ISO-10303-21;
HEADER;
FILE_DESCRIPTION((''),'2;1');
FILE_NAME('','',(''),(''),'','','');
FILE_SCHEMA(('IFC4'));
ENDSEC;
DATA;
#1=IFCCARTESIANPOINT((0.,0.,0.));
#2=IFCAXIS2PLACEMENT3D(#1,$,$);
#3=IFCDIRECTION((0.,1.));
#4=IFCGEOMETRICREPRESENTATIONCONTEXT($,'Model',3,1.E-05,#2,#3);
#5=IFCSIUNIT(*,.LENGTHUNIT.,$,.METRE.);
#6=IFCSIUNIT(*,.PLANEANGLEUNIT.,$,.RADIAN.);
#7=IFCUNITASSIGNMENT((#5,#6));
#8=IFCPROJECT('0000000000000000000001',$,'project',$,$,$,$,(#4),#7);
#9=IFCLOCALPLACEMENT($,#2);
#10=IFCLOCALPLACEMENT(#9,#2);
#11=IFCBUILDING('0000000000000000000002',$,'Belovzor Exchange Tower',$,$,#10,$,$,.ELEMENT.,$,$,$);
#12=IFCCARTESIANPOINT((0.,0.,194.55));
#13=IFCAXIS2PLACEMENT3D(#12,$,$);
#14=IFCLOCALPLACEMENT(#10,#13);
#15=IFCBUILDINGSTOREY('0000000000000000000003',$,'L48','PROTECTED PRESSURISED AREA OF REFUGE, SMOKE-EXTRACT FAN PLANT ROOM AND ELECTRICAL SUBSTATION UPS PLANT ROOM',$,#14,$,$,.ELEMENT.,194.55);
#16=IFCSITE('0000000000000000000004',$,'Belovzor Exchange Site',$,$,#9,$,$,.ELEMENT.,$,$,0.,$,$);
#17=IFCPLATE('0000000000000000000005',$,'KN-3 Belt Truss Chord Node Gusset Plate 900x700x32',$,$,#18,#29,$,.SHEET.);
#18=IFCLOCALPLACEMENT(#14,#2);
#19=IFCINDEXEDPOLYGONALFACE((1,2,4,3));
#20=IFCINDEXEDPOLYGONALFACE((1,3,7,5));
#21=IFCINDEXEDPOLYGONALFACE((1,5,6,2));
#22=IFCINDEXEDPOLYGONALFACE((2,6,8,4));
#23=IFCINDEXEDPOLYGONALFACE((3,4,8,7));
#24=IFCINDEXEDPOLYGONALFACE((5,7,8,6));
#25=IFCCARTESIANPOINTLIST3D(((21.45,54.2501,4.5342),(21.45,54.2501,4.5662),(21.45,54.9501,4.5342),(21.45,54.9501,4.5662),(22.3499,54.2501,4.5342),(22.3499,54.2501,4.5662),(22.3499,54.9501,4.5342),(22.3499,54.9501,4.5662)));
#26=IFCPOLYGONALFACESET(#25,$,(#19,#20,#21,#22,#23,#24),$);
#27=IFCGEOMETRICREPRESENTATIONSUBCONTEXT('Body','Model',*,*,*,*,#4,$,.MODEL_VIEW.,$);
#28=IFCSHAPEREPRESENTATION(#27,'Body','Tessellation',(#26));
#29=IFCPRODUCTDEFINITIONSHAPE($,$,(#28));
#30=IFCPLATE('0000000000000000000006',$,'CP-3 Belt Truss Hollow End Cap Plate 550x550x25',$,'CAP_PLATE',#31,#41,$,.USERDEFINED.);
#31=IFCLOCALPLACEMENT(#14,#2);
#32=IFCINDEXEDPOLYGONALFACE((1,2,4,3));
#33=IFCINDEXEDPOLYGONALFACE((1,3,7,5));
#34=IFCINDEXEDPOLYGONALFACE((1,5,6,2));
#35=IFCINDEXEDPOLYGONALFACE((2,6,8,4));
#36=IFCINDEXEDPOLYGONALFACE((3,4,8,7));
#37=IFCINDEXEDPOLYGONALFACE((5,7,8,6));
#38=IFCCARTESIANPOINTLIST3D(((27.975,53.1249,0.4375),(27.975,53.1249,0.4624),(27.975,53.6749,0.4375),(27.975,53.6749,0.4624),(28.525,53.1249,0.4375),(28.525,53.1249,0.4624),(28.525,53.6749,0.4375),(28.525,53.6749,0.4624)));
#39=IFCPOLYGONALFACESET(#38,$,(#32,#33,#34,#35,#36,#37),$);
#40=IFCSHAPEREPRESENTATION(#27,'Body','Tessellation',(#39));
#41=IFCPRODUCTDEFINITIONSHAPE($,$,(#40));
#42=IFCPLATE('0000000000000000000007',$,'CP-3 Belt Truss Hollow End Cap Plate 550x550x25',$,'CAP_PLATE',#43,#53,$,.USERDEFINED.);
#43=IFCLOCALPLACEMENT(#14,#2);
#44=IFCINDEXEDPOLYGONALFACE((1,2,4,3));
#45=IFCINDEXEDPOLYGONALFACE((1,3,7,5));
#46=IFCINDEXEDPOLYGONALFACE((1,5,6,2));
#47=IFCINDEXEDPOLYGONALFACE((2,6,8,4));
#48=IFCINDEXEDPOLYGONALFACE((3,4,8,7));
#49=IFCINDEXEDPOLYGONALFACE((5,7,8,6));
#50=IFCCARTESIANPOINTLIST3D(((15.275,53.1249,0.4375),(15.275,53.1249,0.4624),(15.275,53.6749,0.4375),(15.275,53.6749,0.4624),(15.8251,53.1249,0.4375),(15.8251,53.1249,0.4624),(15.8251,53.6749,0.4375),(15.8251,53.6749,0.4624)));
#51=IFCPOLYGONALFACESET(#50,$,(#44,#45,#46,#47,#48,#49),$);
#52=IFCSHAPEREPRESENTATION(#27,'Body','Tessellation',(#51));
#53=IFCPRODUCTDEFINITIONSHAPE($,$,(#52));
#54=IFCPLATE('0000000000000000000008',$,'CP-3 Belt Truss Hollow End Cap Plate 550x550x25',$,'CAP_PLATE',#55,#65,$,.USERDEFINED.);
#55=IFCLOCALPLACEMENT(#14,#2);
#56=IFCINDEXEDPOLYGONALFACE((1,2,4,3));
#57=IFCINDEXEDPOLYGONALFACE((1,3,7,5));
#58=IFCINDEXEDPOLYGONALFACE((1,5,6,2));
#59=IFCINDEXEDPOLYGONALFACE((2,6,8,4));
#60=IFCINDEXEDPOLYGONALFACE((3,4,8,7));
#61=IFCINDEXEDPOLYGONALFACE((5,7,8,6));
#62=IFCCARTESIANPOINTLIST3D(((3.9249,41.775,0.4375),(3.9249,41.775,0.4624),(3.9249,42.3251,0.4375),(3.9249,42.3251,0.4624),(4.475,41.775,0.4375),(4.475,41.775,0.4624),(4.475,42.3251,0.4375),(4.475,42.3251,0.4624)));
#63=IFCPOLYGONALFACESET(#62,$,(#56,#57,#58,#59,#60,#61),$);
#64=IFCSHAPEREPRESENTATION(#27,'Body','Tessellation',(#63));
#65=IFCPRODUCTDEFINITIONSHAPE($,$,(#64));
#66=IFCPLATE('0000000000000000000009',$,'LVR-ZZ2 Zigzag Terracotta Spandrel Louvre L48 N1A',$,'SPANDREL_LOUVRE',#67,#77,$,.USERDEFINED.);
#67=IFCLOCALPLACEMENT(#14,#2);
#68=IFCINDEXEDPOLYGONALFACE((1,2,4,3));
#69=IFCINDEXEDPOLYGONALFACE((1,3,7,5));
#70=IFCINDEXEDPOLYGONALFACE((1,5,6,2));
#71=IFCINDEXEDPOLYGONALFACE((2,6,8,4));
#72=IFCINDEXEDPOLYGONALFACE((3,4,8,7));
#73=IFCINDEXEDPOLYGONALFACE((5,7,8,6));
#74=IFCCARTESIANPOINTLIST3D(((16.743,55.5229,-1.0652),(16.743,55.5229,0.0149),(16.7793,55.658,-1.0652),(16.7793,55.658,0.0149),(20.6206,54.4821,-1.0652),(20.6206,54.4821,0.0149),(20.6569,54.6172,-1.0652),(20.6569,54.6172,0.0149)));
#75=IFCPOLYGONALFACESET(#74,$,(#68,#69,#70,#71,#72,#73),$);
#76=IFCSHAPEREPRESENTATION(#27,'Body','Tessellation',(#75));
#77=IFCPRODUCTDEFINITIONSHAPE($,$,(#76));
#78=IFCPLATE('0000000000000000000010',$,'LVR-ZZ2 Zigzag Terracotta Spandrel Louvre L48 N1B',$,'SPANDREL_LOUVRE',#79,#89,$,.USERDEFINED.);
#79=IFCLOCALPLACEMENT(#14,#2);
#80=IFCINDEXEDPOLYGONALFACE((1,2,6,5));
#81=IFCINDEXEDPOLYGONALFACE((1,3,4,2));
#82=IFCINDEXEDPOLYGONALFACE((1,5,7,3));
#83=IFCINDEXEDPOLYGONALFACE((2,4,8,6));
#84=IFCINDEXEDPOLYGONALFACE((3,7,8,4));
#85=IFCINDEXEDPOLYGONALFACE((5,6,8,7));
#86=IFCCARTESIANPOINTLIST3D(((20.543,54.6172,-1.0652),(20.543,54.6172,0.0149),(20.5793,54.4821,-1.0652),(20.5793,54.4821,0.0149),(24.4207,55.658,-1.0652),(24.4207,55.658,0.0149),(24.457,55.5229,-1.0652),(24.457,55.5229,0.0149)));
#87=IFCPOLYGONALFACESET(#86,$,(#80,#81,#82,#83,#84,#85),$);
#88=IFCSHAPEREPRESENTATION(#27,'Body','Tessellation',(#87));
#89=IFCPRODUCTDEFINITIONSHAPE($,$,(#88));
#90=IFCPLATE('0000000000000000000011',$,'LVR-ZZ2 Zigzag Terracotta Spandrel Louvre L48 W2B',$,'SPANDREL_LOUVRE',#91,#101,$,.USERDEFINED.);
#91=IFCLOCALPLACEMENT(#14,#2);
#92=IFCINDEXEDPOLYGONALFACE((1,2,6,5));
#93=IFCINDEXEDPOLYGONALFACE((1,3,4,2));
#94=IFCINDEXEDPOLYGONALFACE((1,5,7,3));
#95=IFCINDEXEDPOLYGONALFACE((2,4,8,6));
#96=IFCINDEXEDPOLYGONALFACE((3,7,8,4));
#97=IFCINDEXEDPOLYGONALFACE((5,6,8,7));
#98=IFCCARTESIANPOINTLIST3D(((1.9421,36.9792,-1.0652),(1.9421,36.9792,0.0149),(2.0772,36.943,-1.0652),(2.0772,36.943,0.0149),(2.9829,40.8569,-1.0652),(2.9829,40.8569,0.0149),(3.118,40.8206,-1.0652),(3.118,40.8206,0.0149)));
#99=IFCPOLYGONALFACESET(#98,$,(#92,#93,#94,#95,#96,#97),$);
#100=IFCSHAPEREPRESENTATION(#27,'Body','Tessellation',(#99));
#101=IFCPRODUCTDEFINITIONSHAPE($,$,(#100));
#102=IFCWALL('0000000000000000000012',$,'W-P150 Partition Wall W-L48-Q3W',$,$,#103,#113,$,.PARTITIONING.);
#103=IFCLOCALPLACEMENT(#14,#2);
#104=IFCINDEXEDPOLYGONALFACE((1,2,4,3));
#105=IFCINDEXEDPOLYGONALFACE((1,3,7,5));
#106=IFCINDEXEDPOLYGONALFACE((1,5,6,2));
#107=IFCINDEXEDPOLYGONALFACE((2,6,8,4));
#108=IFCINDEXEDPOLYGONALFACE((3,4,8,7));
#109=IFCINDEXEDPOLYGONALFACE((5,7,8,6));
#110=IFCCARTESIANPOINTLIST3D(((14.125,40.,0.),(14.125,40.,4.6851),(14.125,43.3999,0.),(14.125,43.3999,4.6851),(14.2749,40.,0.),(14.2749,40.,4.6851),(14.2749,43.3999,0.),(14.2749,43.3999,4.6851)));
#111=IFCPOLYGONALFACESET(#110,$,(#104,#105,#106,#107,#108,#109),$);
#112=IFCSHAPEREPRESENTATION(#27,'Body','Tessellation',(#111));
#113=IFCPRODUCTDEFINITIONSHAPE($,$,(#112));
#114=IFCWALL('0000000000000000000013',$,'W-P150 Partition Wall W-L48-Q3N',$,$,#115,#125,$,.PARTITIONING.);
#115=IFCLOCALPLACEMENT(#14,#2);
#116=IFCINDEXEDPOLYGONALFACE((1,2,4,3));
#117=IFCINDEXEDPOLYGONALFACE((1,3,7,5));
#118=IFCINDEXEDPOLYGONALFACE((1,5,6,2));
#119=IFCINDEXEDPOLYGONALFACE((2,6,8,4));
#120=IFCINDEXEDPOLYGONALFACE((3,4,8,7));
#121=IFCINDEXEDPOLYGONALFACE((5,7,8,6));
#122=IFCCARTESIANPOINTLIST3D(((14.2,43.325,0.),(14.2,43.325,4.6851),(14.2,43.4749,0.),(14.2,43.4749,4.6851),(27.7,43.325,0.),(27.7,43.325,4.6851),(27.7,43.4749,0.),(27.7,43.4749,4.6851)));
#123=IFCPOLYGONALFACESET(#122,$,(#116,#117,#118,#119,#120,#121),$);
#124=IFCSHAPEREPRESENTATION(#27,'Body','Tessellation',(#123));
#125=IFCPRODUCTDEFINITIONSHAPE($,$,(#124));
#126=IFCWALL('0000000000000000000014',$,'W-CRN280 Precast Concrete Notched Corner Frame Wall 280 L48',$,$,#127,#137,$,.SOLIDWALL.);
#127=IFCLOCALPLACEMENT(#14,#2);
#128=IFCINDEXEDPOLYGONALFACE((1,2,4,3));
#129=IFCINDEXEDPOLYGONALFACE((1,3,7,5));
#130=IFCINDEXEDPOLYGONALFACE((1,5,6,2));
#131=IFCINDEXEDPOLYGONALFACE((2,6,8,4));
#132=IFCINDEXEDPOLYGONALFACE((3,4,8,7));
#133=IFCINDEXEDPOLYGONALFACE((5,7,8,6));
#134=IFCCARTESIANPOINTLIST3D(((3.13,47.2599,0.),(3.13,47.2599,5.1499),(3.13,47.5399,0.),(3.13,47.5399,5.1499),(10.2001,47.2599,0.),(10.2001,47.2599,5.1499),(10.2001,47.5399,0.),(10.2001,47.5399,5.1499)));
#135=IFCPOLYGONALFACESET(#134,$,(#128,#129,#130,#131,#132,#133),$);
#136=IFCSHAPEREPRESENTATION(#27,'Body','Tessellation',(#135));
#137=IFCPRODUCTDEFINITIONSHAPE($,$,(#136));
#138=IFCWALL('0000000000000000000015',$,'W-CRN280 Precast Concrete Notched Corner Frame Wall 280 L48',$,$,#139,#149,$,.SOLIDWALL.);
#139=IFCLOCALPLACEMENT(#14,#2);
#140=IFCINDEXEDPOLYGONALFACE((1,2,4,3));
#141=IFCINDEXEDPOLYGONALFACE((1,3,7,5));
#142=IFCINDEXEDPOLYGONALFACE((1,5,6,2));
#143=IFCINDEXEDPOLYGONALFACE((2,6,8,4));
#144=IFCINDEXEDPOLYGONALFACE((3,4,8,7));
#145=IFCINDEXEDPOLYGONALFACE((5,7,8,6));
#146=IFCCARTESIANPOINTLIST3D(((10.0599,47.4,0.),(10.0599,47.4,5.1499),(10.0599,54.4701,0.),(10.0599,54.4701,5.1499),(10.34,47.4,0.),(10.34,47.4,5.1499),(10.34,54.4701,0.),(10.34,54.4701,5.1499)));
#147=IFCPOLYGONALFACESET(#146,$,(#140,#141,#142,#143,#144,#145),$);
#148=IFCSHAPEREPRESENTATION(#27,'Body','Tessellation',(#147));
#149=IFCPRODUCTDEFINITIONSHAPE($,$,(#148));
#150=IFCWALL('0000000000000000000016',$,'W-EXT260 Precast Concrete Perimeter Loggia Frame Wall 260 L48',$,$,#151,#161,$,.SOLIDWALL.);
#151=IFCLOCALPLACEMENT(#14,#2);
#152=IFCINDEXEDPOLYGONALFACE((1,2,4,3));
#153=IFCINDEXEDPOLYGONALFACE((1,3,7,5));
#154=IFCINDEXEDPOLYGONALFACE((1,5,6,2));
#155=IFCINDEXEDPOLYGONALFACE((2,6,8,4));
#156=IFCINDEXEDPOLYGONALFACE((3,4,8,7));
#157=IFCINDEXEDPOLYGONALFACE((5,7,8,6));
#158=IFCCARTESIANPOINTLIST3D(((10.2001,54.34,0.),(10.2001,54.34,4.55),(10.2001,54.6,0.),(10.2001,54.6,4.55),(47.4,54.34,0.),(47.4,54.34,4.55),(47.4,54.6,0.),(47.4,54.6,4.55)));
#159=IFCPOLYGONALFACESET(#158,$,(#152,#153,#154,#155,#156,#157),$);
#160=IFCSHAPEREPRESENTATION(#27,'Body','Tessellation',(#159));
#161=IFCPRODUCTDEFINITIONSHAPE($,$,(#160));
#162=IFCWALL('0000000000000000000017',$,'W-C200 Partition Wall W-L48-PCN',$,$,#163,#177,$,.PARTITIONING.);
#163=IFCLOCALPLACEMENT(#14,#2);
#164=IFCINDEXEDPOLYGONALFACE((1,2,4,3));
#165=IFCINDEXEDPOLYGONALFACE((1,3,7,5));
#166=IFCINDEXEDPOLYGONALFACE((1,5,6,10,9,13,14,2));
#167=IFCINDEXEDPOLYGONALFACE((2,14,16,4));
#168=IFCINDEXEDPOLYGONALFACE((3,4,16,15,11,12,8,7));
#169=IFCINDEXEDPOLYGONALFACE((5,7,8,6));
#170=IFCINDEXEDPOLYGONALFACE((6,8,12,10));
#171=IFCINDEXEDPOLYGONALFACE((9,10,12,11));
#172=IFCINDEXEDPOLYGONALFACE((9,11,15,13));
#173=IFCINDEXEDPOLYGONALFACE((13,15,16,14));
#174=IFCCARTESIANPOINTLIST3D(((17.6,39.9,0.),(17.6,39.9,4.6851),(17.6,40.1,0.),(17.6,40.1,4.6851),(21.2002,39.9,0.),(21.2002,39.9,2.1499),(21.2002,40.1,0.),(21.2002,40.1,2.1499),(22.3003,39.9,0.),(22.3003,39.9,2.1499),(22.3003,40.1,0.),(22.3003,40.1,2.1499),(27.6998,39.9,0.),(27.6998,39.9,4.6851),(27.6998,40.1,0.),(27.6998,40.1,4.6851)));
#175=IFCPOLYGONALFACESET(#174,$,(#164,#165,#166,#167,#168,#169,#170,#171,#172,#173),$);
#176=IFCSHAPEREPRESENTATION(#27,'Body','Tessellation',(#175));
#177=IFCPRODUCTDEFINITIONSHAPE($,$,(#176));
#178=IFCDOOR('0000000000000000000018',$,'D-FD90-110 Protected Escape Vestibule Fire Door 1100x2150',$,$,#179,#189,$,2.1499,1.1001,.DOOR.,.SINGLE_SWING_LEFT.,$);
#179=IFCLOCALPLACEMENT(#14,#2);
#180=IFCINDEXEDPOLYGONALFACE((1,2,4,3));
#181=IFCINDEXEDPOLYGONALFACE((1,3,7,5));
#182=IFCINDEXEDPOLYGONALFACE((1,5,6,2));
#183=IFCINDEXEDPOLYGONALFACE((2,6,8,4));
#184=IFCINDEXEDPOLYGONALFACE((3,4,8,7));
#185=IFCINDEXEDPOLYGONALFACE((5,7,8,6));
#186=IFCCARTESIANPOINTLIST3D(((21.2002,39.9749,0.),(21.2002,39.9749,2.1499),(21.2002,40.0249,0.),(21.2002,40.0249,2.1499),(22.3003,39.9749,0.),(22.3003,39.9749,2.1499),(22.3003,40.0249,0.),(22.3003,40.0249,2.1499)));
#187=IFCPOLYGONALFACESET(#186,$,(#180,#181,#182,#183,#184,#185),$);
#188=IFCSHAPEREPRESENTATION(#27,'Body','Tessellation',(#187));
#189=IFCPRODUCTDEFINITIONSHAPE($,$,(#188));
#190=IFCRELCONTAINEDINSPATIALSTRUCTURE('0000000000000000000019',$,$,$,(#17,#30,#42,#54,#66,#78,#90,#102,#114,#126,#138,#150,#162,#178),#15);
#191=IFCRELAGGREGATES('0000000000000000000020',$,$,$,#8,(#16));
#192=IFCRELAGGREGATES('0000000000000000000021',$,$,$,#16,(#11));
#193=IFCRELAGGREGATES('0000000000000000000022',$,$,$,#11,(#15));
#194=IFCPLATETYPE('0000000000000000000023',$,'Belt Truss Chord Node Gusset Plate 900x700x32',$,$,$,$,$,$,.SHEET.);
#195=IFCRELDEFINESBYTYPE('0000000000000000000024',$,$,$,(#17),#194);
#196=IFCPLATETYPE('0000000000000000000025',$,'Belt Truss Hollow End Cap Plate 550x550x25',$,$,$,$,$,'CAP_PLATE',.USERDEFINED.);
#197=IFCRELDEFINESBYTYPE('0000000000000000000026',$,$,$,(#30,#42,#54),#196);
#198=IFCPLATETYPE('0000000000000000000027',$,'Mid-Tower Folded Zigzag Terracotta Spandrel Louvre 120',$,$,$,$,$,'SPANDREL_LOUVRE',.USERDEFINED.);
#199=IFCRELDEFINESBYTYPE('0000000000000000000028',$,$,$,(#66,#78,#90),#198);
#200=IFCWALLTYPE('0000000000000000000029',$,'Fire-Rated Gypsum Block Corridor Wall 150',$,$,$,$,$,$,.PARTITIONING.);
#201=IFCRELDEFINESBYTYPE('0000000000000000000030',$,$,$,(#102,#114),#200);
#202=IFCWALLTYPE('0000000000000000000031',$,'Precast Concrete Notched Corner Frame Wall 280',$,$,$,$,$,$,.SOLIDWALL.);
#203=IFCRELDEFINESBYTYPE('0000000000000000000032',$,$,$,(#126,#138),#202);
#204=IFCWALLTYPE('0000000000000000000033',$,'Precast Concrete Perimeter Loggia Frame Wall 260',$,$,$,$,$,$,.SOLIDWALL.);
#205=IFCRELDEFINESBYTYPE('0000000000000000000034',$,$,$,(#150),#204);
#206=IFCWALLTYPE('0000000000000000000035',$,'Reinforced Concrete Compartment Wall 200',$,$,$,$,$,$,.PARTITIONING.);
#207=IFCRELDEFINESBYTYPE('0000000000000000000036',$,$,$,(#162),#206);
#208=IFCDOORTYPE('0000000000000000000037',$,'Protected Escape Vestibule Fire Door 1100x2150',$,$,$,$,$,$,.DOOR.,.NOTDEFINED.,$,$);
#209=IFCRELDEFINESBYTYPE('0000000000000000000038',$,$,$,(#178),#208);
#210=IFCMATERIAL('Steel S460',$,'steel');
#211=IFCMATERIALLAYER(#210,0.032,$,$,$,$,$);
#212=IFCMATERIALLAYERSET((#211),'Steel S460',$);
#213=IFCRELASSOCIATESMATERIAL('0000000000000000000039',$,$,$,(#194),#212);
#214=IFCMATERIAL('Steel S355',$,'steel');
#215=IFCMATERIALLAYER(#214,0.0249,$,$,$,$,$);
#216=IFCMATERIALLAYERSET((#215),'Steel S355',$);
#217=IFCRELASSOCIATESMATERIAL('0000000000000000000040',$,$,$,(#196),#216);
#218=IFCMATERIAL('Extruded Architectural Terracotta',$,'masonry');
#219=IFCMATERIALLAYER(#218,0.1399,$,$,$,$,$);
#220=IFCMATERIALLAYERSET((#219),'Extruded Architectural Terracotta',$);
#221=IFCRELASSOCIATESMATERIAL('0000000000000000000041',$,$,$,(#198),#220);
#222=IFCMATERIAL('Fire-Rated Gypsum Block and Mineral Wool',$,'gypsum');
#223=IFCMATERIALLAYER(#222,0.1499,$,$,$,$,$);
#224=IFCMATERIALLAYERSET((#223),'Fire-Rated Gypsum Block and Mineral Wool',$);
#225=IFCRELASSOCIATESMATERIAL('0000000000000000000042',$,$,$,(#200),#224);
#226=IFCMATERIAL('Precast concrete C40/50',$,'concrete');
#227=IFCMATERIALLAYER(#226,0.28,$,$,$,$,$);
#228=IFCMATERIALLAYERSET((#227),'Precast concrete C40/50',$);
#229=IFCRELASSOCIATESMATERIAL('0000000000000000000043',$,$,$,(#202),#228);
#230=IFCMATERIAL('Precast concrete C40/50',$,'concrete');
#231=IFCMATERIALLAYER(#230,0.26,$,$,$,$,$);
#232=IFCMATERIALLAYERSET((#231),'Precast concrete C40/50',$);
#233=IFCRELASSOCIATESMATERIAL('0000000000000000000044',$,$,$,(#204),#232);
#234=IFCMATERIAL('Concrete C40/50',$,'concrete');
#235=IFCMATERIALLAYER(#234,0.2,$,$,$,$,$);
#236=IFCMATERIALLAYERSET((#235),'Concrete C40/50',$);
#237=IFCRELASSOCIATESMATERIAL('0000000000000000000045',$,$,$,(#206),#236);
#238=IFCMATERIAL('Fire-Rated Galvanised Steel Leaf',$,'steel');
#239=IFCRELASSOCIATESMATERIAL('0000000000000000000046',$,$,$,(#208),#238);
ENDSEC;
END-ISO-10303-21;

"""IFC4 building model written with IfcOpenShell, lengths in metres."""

from ifc_helpers import new_model, si_unit, direction, frame, frame_2d, origin, origin_2d, place, context, subcontext, project, spatial, rectangle, extrude, material, layer, layer_set, type_object, element, fill, save


model = new_model("IFC4")

# Units and contexts
model_context = context("Model", 3, precision=1e-05, world=origin(), true_north=direction((0.0, 1.0)))
body_context = subcontext(model_context, "Body", "Model", "MODEL_VIEW")
ifc_project = project(units=[si_unit("LENGTHUNIT", "METRE"), si_unit("PLANEANGLEUNIT", "RADIAN")], contexts=[model_context])

# Site, building, storey
site_placement = place(None, origin())
site = spatial("IfcSite", under=ifc_project, at=site_placement, Name="Belovzor Exchange Site", CompositionType="ELEMENT", RefElevation=0.0)
building_placement = place(site_placement, origin())
building = spatial("IfcBuilding", under=site, at=building_placement, Name="Belovzor Exchange Tower", CompositionType="ELEMENT")
storey_placement = place(building_placement, frame((0.0, 0.0, 194.55)))
storey = spatial("IfcBuildingStorey", under=building, at=storey_placement, Name="L48", Description="PROTECTED PRESSURISED AREA OF REFUGE, SMOKE-EXTRACT FAN PLANT ROOM AND ELECTRICAL SUBSTATION UPS PLANT ROOM", CompositionType="ELEMENT", Elevation=194.55)

# Plates
ifc_material_1 = material(Name="Steel S460", Category="steel")
ifc_layer_1 = layer(ifc_material_1, 0.032)
ifc_layer_set_1 = layer_set([ifc_layer_1], Name="Steel S460")
plate_type_1 = type_object("IfcPlateType", Name="Belt Truss Chord Node Gusset Plate 900x700x32", PredefinedType="SHEET", material=ifc_layer_set_1)
plate_placement = place(storey_placement, frame((21.8999, 54.6001, 4.5342), z_axis=(0.0, 0.0, 1.0), x_axis=(1.0, 0.0, 0.0)))
element("IfcPlate", 1, at=plate_placement, inside=storey, type_object=plate_type_1, Name="KN-3 Belt Truss Chord Node Gusset Plate 900x700x32", PredefinedType="SHEET", context=body_context, shape_type="SweptSolid", body=[
    extrude(rectangle(XDim=0.8999, YDim=0.7, at=origin_2d()), origin(), (0.0, 0.0, 1.0), 0.032),
])
ifc_material_2 = material(Name="Steel S355", Category="steel")
ifc_layer_2 = layer(ifc_material_2, 0.0249)
ifc_layer_set_2 = layer_set([ifc_layer_2], Name="Steel S355")
plate_type_2 = type_object("IfcPlateType", Name="Belt Truss Hollow End Cap Plate 550x550x25", ElementType="CAP_PLATE", PredefinedType="USERDEFINED", material=ifc_layer_set_2)
for number, where, z_axis, x_axis, name in (
    (2, (28.25, 53.3999, 0.4375), (0.0, 0.0, 1.0), (1.0, 0.0, 0.0), "CP-3 Belt Truss Hollow End Cap Plate 550x550x25"),
    (3, (15.55, 53.3999, 0.4375), (0.0, 0.0, 1.0), (1.0, 0.0, 0.0), "CP-3 Belt Truss Hollow End Cap Plate 550x550x25"),
    (4, (4.2, 42.05, 0.4375), (0.0, 0.0, 1.0), (0.0, 1.0, 0.0), "CP-3 Belt Truss Hollow End Cap Plate 550x550x25"),
):
    element("IfcPlate", number, at=place(storey_placement, frame(where, z_axis=z_axis, x_axis=x_axis)), inside=storey, type_object=plate_type_2, Name=name, ObjectType="CAP_PLATE", PredefinedType="USERDEFINED", context=body_context, shape_type="SweptSolid", body=[
        extrude(rectangle(XDim=0.55, YDim=0.55, at=origin_2d()), origin(), (0.0, 0.0, 1.0), 0.0249),
    ])
ifc_material_3 = material(Name="Extruded Architectural Terracotta", Category="masonry")
ifc_layer_3 = layer(ifc_material_3, 0.1399)
ifc_layer_set_3 = layer_set([ifc_layer_3], Name="Extruded Architectural Terracotta")
plate_type_3 = type_object("IfcPlateType", Name="Mid-Tower Folded Zigzag Terracotta Spandrel Louvre 120", ElementType="SPANDREL_LOUVRE", PredefinedType="USERDEFINED", material=ifc_layer_set_3)
for number, where, z_axis, x_axis, name in (
    (5, (18.7, 55.0701, -1.0652), (0.0, 0.0, 1.0), (0.965813, -0.25924, 0.0), "LVR-ZZ2 Zigzag Terracotta Spandrel Louvre L48 N1A"),
    (6, (22.5, 55.0701, -1.0652), (0.0, 0.0, 1.0), (0.965813, 0.25924, 0.0), "LVR-ZZ2 Zigzag Terracotta Spandrel Louvre L48 N1B"),
    (7, (2.53, 38.8999, -1.0652), (0.0, 0.0, 1.0), (0.25924, 0.965813, 0.0), "LVR-ZZ2 Zigzag Terracotta Spandrel Louvre L48 W2B"),
):
    element("IfcPlate", number, at=place(storey_placement, frame(where, z_axis=z_axis, x_axis=x_axis)), inside=storey, type_object=plate_type_3, Name=name, ObjectType="SPANDREL_LOUVRE", PredefinedType="USERDEFINED", context=body_context, shape_type="SweptSolid", body=[
        extrude(rectangle(XDim=4.0149, YDim=0.1399, at=origin_2d()), origin(), (0.0, 0.0, 1.0), 1.0801),
    ])

# Walls
ifc_material_4 = material(Name="Fire-Rated Gypsum Block and Mineral Wool", Category="gypsum")
ifc_layer_4 = layer(ifc_material_4, 0.1499)
ifc_layer_set_4 = layer_set([ifc_layer_4], Name="Fire-Rated Gypsum Block and Mineral Wool")
wall_type_1 = type_object("IfcWallType", Name="Fire-Rated Gypsum Block Corridor Wall 150", PredefinedType="PARTITIONING", material=ifc_layer_set_4)
wall_1_placement = place(storey_placement, frame((14.2, 40.0, 0.0), z_axis=(0.0, 0.0, 1.0), x_axis=(0.0, 1.0, 0.0)))
element("IfcWall", 8, at=wall_1_placement, inside=storey, type_object=wall_type_1, Name="W-P150 Partition Wall W-L48-Q3W", PredefinedType="PARTITIONING", context=body_context, shape_type="SweptSolid", body=[
    extrude(rectangle(XDim=3.3999, YDim=0.1499, at=frame_2d((1.7, 0.0))), origin(), (0.0, 0.0, 1.0), 4.6851),
])
wall_2_placement = place(storey_placement, frame((14.2, 43.3999, 0.0), z_axis=(0.0, 0.0, 1.0), x_axis=(1.0, 0.0, 0.0)))
element("IfcWall", 9, at=wall_2_placement, inside=storey, type_object=wall_type_1, Name="W-P150 Partition Wall W-L48-Q3N", PredefinedType="PARTITIONING", context=body_context, shape_type="SweptSolid", body=[
    extrude(rectangle(XDim=13.5, YDim=0.1499, at=frame_2d((6.75, 0.0))), origin(), (0.0, 0.0, 1.0), 4.6851),
])
ifc_material_5 = material(Name="Precast concrete C40/50", Category="concrete")
ifc_layer_5 = layer(ifc_material_5, 0.28)
ifc_layer_set_5 = layer_set([ifc_layer_5], Name="Precast concrete C40/50")
wall_type_2 = type_object("IfcWallType", Name="Precast Concrete Notched Corner Frame Wall 280", PredefinedType="SOLIDWALL", material=ifc_layer_set_5)
for number, where, z_axis, x_axis, name in (
    (10, (3.1299, 47.3999, 0.0), (0.0, 0.0, 1.0), (1.0, 0.0, 0.0), "W-CRN280 Precast Concrete Notched Corner Frame Wall 280 L48"),
    (11, (10.2, 47.3999, 0.0), (0.0, 0.0, 1.0), (0.0, 1.0, 0.0), "W-CRN280 Precast Concrete Notched Corner Frame Wall 280 L48"),
):
    element("IfcWall", number, at=place(storey_placement, frame(where, z_axis=z_axis, x_axis=x_axis)), inside=storey, type_object=wall_type_2, Name=name, PredefinedType="SOLIDWALL", context=body_context, shape_type="SweptSolid", body=[
        extrude(rectangle(XDim=7.0701, YDim=0.28, at=frame_2d((3.5352, 0.0))), origin(), (0.0, 0.0, 1.0), 5.1499),
    ])
ifc_material_6 = material(Name="Precast concrete C40/50", Category="concrete")
ifc_layer_6 = layer(ifc_material_6, 0.26)
ifc_layer_set_6 = layer_set([ifc_layer_6], Name="Precast concrete C40/50")
wall_type_3 = type_object("IfcWallType", Name="Precast Concrete Perimeter Loggia Frame Wall 260", PredefinedType="SOLIDWALL", material=ifc_layer_set_6)
wall_3_placement = place(storey_placement, frame((10.2, 54.47, 0.0), z_axis=(0.0, 0.0, 1.0), x_axis=(1.0, 0.0, 0.0)))
element("IfcWall", 12, at=wall_3_placement, inside=storey, type_object=wall_type_3, Name="W-EXT260 Precast Concrete Perimeter Loggia Frame Wall 260 L48", PredefinedType="SOLIDWALL", context=body_context, shape_type="SweptSolid", body=[
    extrude(rectangle(XDim=37.2, YDim=0.26, at=frame_2d((18.6001, 0.0))), origin(), (0.0, 0.0, 1.0), 4.55),
])

# Wall, opening, door
ifc_material_7 = material(Name="Concrete C40/50", Category="concrete")
ifc_layer_7 = layer(ifc_material_7, 0.2)
ifc_layer_set_7 = layer_set([ifc_layer_7], Name="Concrete C40/50")
wall_type_4 = type_object("IfcWallType", Name="Reinforced Concrete Compartment Wall 200", PredefinedType="PARTITIONING", material=ifc_layer_set_7)
wall_4_placement = place(storey_placement, frame((17.6001, 40.0, 0.0), z_axis=(0.0, 0.0, 1.0), x_axis=(1.0, 0.0, 0.0)))
wall_4 = element("IfcWall", 13, at=wall_4_placement, inside=storey, type_object=wall_type_4, Name="W-C200 Partition Wall W-L48-PCN", PredefinedType="PARTITIONING", context=body_context, shape_type="SweptSolid", body=[
    extrude(rectangle(XDim=10.0999, YDim=0.2, at=frame_2d((5.0498, 0.0))), origin(), (0.0, 0.0, 1.0), 4.6851),
])
opening_placement = place(wall_4_placement, frame((3.6001, 0.0, 0.0)))
opening = element("IfcOpeningElement", 14, at=opening_placement, cuts=wall_4, PredefinedType="OPENING", context=body_context, shape_type="SweptSolid", body=[
    extrude(rectangle(XDim=1.1001, YDim=2.1499, at=frame_2d((0.55, 1.075))), frame((0.0, 0.1099, 0.0), z_axis=(0.0, -1.0, 0.0), x_axis=(1.0, 0.0, 0.0)), (0.0, 0.0, 1.0), 0.22),
])
ifc_material_8 = material(Name="Fire-Rated Galvanised Steel Leaf", Category="steel")
door_type = type_object("IfcDoorType", Name="Protected Escape Vestibule Fire Door 1100x2150", OperationType="NOTDEFINED", PredefinedType="DOOR", material=ifc_material_8)
door_placement = place(opening_placement, origin())
door = element("IfcDoor", 15, at=door_placement, inside=storey, type_object=door_type, Name="D-FD90-110 Protected Escape Vestibule Fire Door 1100x2150", OperationType="SINGLE_SWING_LEFT", OverallHeight=2.1499, OverallWidth=1.1001, PredefinedType="DOOR", context=body_context, shape_type="SweptSolid", body=[
    extrude(rectangle(XDim=1.1001, YDim=2.1499, at=frame_2d((0.55, 1.075))), frame((0.0, 0.0249, 0.0), z_axis=(0.0, -1.0, 0.0), x_axis=(1.0, 0.0, 0.0)), (0.0, 0.0, 1.0), 0.05),
])
fill(opening, door)

save(model, "model.ifc")
